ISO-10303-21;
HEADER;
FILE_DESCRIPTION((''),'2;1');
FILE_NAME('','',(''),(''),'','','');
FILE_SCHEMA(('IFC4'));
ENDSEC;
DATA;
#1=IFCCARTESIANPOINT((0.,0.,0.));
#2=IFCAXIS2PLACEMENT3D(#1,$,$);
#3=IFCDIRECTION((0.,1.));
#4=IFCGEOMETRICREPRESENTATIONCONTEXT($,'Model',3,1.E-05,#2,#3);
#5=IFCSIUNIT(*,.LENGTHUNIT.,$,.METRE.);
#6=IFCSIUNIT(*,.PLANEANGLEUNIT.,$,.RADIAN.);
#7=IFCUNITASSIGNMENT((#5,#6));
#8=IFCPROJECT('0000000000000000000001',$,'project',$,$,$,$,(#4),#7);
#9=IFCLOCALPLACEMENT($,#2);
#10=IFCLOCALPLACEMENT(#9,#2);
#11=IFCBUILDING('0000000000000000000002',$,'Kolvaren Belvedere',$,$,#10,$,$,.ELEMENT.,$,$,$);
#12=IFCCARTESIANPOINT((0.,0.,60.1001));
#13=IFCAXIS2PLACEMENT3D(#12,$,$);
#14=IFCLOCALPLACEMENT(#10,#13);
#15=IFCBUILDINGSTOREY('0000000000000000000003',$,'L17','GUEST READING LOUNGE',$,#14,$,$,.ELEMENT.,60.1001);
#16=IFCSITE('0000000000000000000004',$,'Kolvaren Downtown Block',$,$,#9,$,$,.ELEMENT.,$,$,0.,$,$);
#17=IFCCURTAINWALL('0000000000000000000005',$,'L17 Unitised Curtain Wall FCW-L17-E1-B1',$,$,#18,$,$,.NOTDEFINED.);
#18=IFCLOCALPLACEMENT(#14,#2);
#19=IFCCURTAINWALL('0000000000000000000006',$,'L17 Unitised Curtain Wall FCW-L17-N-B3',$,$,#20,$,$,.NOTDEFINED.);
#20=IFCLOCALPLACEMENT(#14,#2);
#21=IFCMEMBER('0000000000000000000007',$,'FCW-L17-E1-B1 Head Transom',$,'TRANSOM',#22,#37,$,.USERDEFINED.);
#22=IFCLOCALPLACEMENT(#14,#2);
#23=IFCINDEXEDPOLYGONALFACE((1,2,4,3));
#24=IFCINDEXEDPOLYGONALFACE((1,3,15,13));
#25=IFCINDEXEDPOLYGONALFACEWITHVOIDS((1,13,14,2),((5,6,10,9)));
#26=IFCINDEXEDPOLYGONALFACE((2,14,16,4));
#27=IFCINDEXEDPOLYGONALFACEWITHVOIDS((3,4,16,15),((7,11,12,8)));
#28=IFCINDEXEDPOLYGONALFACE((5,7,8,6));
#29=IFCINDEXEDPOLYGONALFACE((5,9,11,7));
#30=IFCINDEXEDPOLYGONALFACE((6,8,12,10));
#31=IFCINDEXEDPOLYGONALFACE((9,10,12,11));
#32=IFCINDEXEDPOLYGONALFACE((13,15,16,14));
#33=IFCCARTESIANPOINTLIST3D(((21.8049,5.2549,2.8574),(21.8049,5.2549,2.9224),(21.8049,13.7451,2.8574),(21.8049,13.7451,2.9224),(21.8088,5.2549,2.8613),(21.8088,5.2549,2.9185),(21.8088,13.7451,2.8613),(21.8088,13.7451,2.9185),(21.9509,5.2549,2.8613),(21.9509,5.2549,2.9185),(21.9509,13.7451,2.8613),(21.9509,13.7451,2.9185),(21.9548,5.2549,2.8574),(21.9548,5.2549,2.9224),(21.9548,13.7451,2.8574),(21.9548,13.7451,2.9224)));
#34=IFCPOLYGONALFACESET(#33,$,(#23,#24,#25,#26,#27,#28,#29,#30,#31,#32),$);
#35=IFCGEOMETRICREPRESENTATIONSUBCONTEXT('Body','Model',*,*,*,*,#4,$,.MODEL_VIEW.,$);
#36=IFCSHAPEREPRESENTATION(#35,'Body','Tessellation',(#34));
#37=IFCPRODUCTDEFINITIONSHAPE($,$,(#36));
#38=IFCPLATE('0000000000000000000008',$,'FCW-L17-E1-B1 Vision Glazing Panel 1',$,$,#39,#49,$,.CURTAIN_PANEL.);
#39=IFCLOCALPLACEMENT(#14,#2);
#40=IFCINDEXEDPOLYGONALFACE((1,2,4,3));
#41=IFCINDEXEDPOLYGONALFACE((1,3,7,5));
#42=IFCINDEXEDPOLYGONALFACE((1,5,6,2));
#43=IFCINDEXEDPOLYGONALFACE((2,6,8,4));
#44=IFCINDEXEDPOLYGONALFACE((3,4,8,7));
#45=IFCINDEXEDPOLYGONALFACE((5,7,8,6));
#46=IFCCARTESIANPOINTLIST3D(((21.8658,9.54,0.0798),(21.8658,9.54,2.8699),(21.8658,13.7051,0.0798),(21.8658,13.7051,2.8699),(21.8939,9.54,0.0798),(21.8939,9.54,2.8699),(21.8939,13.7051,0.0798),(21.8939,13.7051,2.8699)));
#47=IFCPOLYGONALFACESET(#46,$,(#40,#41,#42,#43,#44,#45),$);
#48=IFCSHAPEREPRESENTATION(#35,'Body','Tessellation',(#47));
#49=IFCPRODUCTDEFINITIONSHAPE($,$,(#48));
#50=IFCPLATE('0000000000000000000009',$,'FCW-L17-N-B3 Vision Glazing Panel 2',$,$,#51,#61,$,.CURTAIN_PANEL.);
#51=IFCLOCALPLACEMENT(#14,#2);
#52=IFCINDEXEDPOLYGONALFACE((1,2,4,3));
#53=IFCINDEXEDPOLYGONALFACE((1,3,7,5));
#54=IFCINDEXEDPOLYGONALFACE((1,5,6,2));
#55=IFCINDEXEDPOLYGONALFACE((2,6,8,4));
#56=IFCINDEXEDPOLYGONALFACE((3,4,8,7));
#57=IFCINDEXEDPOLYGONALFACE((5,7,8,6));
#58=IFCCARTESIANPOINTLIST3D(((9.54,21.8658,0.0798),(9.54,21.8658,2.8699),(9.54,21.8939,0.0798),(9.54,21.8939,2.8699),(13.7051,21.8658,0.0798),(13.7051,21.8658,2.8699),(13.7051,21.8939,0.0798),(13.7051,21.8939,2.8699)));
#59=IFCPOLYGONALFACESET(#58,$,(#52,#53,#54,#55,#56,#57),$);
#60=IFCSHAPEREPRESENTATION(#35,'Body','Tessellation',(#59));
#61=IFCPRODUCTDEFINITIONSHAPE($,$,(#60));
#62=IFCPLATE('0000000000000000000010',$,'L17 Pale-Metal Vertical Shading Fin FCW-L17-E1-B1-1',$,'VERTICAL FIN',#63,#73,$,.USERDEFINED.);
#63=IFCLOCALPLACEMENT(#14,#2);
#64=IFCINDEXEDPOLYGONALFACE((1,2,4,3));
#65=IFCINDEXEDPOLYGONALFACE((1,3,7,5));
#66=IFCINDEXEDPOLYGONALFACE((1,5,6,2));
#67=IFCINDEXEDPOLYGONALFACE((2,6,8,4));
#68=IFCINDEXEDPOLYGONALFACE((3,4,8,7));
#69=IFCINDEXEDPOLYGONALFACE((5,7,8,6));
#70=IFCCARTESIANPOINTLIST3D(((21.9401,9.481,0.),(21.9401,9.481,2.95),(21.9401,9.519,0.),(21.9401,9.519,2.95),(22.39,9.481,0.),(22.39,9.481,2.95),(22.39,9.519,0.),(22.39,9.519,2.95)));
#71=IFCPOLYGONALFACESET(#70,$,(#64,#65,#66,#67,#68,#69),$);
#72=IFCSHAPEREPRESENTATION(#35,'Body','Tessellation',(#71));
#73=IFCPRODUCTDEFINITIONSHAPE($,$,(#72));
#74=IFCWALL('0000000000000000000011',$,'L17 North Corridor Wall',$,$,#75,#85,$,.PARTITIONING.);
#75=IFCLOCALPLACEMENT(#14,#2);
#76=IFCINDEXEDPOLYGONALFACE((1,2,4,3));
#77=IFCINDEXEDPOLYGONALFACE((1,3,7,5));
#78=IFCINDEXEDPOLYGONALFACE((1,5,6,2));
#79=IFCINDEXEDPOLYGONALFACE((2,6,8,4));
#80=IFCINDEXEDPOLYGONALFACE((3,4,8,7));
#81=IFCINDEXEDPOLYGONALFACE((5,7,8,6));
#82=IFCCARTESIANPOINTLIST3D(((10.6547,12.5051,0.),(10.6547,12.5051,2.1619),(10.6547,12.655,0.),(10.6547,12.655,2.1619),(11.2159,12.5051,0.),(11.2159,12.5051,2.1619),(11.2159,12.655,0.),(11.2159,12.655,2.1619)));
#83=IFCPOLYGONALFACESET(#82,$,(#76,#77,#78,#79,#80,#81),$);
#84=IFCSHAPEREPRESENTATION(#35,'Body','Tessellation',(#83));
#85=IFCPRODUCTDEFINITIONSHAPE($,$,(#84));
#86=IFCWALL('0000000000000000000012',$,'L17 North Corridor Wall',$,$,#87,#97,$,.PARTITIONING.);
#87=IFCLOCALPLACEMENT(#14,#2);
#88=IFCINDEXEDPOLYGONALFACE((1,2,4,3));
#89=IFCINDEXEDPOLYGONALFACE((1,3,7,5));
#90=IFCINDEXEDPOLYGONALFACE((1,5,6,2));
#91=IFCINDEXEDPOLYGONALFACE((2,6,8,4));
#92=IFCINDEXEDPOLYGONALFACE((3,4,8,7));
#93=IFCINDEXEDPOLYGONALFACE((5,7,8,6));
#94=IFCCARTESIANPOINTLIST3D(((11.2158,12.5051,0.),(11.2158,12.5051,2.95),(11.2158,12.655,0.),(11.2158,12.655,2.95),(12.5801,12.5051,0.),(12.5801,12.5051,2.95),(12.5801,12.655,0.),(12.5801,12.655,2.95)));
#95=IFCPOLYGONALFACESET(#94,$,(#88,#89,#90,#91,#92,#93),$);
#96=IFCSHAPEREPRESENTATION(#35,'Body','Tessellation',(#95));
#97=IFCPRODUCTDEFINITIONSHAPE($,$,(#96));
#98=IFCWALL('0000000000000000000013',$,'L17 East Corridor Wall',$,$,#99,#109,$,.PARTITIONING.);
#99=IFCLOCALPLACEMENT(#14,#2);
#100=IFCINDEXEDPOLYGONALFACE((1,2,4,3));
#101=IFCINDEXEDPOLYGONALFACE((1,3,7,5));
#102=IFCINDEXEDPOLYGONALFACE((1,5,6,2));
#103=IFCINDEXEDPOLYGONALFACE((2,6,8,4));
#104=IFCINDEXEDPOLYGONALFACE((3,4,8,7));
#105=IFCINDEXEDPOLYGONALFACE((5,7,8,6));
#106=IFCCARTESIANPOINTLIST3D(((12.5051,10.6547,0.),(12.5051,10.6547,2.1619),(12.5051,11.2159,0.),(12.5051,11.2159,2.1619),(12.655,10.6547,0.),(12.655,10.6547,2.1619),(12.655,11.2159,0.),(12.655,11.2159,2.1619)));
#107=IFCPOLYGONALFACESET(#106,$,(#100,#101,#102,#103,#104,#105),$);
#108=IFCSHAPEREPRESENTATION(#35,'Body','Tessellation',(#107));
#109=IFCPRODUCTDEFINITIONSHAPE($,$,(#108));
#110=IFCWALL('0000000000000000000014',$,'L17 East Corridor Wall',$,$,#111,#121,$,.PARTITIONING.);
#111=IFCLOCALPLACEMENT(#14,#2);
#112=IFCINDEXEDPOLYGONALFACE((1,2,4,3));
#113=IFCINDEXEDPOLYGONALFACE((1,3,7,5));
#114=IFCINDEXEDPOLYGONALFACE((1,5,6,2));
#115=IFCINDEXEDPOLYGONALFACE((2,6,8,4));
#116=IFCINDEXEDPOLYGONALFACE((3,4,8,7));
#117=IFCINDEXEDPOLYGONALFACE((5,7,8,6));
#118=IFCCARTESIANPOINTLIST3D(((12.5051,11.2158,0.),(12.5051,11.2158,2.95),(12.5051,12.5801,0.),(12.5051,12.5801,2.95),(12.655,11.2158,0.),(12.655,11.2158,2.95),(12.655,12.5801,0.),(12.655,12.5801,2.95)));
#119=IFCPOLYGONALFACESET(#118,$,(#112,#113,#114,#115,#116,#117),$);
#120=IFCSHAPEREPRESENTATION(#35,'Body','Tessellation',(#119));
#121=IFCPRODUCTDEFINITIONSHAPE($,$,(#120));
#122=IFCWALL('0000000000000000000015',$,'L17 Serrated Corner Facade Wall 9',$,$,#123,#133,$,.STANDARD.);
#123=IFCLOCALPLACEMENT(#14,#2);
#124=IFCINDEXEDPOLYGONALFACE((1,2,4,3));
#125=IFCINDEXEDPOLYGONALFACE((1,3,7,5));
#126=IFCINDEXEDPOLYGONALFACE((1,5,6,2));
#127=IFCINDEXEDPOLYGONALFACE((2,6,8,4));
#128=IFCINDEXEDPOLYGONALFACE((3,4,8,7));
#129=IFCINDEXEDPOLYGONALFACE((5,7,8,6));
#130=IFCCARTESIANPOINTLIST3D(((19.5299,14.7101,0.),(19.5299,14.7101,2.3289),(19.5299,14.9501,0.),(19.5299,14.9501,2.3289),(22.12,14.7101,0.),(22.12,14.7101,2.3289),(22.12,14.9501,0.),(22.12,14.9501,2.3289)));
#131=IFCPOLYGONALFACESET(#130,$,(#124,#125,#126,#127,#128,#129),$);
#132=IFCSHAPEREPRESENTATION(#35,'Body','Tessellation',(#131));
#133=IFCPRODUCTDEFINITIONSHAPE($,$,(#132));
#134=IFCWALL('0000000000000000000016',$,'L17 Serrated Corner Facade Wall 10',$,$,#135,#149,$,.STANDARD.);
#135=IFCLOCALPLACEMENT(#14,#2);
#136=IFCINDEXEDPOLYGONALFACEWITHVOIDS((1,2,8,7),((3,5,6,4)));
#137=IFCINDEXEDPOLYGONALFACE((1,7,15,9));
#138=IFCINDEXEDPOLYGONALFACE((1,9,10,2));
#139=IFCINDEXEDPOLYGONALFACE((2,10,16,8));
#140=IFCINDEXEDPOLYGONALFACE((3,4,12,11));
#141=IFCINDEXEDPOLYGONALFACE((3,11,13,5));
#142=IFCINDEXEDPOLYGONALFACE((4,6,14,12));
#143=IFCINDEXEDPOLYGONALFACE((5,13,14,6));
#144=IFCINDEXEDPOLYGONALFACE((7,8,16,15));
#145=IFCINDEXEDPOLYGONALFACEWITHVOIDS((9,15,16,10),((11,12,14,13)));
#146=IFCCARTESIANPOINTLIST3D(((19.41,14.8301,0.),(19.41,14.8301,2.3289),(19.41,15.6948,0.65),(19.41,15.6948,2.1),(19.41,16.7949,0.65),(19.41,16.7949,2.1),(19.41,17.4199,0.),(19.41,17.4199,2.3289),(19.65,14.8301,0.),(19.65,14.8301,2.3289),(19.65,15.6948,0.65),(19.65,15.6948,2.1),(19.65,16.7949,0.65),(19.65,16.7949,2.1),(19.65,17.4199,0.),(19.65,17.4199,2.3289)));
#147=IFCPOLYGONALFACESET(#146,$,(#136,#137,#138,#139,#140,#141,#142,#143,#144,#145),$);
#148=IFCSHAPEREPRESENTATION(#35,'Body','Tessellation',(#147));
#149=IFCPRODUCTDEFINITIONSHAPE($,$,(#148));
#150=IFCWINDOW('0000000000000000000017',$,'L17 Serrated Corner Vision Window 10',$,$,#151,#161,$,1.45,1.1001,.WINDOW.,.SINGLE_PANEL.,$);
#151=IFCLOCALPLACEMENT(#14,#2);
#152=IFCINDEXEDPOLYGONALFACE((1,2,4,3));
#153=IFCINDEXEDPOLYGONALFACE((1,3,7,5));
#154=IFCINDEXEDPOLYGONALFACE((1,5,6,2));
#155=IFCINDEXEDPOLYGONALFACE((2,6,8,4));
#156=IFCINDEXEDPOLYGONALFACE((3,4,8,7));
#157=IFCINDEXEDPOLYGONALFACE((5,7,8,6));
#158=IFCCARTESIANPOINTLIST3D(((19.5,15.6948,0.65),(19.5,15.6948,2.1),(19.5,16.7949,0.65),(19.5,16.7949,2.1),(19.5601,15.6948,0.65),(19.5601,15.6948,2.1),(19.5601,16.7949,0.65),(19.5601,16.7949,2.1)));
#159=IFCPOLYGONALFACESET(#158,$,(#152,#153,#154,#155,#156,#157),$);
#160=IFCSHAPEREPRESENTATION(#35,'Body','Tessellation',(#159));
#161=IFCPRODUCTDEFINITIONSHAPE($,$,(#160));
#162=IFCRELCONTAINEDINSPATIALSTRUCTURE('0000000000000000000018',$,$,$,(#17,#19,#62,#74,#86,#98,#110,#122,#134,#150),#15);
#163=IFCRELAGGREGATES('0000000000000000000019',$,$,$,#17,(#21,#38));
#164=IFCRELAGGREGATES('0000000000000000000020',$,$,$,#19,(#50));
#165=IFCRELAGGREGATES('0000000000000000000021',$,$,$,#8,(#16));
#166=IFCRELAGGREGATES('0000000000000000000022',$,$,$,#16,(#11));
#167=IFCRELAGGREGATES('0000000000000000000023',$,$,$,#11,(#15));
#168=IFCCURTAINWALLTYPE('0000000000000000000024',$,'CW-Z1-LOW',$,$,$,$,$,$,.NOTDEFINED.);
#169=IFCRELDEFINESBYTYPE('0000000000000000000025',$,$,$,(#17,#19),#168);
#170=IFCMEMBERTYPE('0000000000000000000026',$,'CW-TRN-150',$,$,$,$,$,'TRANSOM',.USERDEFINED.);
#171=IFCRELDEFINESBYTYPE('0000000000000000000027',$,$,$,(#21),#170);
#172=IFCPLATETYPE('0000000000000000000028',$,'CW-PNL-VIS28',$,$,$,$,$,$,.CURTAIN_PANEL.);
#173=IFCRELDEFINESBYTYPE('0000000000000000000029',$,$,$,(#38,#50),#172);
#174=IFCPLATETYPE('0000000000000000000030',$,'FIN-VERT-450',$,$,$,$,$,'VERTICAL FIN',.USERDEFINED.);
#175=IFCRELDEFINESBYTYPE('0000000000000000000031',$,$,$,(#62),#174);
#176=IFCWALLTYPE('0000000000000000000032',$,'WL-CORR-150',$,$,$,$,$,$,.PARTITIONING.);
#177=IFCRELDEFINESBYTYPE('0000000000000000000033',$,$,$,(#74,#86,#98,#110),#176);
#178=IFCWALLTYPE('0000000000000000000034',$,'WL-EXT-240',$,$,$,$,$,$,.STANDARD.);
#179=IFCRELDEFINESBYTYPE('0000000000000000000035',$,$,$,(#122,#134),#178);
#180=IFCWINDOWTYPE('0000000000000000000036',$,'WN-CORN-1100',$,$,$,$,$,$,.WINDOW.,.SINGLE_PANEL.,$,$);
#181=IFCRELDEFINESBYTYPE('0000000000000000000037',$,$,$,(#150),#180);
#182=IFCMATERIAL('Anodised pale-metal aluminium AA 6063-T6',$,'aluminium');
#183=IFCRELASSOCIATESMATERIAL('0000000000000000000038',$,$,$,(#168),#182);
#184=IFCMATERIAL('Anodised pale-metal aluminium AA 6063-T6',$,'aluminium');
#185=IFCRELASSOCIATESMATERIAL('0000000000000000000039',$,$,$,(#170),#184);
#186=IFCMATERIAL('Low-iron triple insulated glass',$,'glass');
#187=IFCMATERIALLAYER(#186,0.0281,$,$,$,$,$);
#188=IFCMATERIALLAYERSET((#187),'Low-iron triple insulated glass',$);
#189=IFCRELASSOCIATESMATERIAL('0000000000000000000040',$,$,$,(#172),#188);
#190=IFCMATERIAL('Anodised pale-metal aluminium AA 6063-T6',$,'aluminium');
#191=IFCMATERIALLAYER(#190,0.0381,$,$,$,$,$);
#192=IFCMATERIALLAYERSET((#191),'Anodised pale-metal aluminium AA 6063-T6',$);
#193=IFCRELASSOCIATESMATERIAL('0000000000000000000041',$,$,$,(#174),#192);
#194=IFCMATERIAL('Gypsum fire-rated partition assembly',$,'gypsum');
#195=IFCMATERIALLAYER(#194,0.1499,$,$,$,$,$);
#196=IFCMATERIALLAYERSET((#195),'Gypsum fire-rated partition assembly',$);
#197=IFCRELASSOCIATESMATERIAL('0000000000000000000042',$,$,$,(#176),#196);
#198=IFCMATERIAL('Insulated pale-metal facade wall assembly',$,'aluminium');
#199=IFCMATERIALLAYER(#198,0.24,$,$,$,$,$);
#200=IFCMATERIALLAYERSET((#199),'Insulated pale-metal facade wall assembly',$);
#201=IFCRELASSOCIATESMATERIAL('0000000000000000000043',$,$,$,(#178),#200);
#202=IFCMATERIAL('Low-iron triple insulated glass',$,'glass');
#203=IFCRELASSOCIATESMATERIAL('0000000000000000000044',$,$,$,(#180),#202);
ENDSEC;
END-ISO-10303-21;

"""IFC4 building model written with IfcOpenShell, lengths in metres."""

from ifc_helpers import new_model, si_unit, direction, frame, frame_2d, origin, origin_2d, place, context, subcontext, project, spatial, rectangle, hollow_rectangle, extrude, material, layer, layer_set, material_profile, profile_set, type_object, element, fill, aggregate, save


model = new_model("IFC4")

# Units and contexts
model_context = context("Model", 3, precision=1e-05, world=origin(), true_north=direction((0.0, 1.0)))
body_context = subcontext(model_context, "Body", "Model", "MODEL_VIEW")
ifc_project = project(units=[si_unit("LENGTHUNIT", "METRE"), si_unit("PLANEANGLEUNIT", "RADIAN")], contexts=[model_context])

# Site, building, storey
site_placement = place(None, origin())
site = spatial("IfcSite", under=ifc_project, at=site_placement, Name="Kolvaren Downtown Block", CompositionType="ELEMENT", RefElevation=0.0)
building_placement = place(site_placement, origin())
building = spatial("IfcBuilding", under=site, at=building_placement, Name="Kolvaren Belvedere", CompositionType="ELEMENT")
storey_placement = place(building_placement, frame((0.0, 0.0, 60.1001)))
storey = spatial("IfcBuildingStorey", under=building, at=storey_placement, Name="L17", Description="GUEST READING LOUNGE", CompositionType="ELEMENT", Elevation=60.1001)

# Curtain wall
ifc_material_1 = material(Name="Anodised pale-metal aluminium AA 6063-T6", Category="aluminium")
curtain_wall_type = type_object("IfcCurtainWallType", Name="CW-Z1-LOW", PredefinedType="NOTDEFINED", material=ifc_material_1)
curtain_wall_1_placement = place(storey_placement, origin())
curtain_wall_1 = element("IfcCurtainWall", 1, at=curtain_wall_1_placement, inside=storey, type_object=curtain_wall_type, Name="L17 Unitised Curtain Wall FCW-L17-E1-B1", PredefinedType="NOTDEFINED")

# Curtain wall
curtain_wall_2_placement = place(storey_placement, origin())
curtain_wall_2 = element("IfcCurtainWall", 2, at=curtain_wall_2_placement, inside=storey, type_object=curtain_wall_type, Name="L17 Unitised Curtain Wall FCW-L17-N-B3", PredefinedType="NOTDEFINED")

# Member
ifc_material_2 = material(Name="Anodised pale-metal aluminium AA 6063-T6", Category="aluminium")
ifc_material_profile_1 = material_profile(ifc_material_2, hollow_rectangle(XDim=0.0649, YDim=0.1499, WallThickness=0.0039, at=origin_2d()), Name="ALU-TRN-150X65")
ifc_profile_set_1 = profile_set([ifc_material_profile_1], Name="Anodised pale-metal aluminium AA 6063-T6")
member_type_1 = type_object("IfcMemberType", Name="CW-TRN-150", ElementType="TRANSOM", PredefinedType="USERDEFINED", material=ifc_profile_set_1)
member_1_placement = place(storey_placement, frame((21.8799, 13.7451, 2.8899), z_axis=(0.0, -1.0, 0.0), x_axis=(0.0, 0.0, 1.0)))
member_1 = element("IfcMember", 3, at=member_1_placement, type_object=member_type_1, Name="FCW-L17-E1-B1 Head Transom", ObjectType="TRANSOM", PredefinedType="USERDEFINED", context=body_context, shape_type="SweptSolid", body=[
    extrude(hollow_rectangle(XDim=0.0649, YDim=0.1499, WallThickness=0.0039, at=origin_2d()), origin(), (0.0, 0.0, 1.0), 8.4902),
])

# Plates
ifc_material_3 = material(Name="Low-iron triple insulated glass", Category="glass")
ifc_layer_1 = layer(ifc_material_3, 0.0281)
ifc_layer_set_1 = layer_set([ifc_layer_1], Name="Low-iron triple insulated glass")
plate_type_1 = type_object("IfcPlateType", Name="CW-PNL-VIS28", PredefinedType="CURTAIN_PANEL", material=ifc_layer_set_1)
plate_1_placement = place(storey_placement, frame((21.8799, 11.6226, 0.0798), z_axis=(0.0, 0.0, 1.0), x_axis=(0.0, -1.0, 0.0)))
plate_1 = element("IfcPlate", 4, at=plate_1_placement, type_object=plate_type_1, Name="FCW-L17-E1-B1 Vision Glazing Panel 1", PredefinedType="CURTAIN_PANEL", context=body_context, shape_type="SweptSolid", body=[
    extrude(rectangle(XDim=4.165, YDim=0.0281, at=origin_2d()), origin(), (0.0, 0.0, 1.0), 2.79),
])
aggregate(curtain_wall_1, [member_1, plate_1])
plate_2_placement = place(storey_placement, frame((11.6226, 21.8799, 0.0798), z_axis=(0.0, 0.0, 1.0), x_axis=(1.0, 0.0, 0.0)))
plate_2 = element("IfcPlate", 5, at=plate_2_placement, type_object=plate_type_1, Name="FCW-L17-N-B3 Vision Glazing Panel 2", PredefinedType="CURTAIN_PANEL", context=body_context, shape_type="SweptSolid", body=[
    extrude(rectangle(XDim=4.165, YDim=0.0281, at=origin_2d()), origin(), (0.0, 0.0, 1.0), 2.79),
])
aggregate(curtain_wall_2, [plate_2])
ifc_material_4 = material(Name="Anodised pale-metal aluminium AA 6063-T6", Category="aluminium")
ifc_layer_2 = layer(ifc_material_4, 0.0381)
ifc_layer_set_2 = layer_set([ifc_layer_2], Name="Anodised pale-metal aluminium AA 6063-T6")
plate_type_2 = type_object("IfcPlateType", Name="FIN-VERT-450", ElementType="VERTICAL FIN", PredefinedType="USERDEFINED", material=ifc_layer_set_2)
plate_3_placement = place(storey_placement, frame((22.165, 9.5, 0.0), z_axis=(0.0, 0.0, 1.0), x_axis=(1.0, 0.0, 0.0)))
element("IfcPlate", 6, at=plate_3_placement, inside=storey, type_object=plate_type_2, Name="L17 Pale-Metal Vertical Shading Fin FCW-L17-E1-B1-1", ObjectType="VERTICAL FIN", PredefinedType="USERDEFINED", context=body_context, shape_type="SweptSolid", body=[
    extrude(rectangle(XDim=0.45, YDim=0.0381, at=origin_2d()), origin(), (0.0, 0.0, 1.0), 2.95),
])

# Walls
ifc_material_5 = material(Name="Gypsum fire-rated partition assembly", Category="gypsum")
ifc_layer_3 = layer(ifc_material_5, 0.1499)
ifc_layer_set_3 = layer_set([ifc_layer_3], Name="Gypsum fire-rated partition assembly")
wall_type_1 = type_object("IfcWallType", Name="WL-CORR-150", PredefinedType="PARTITIONING", material=ifc_layer_set_3)
wall_1_placement = place(storey_placement, frame((10.6545, 12.5801, 0.0), z_axis=(0.0, 0.0, 1.0), x_axis=(1.0, 0.0, 0.0)))
element("IfcWall", 7, at=wall_1_placement, inside=storey, type_object=wall_type_1, Name="L17 North Corridor Wall", PredefinedType="PARTITIONING", context=body_context, shape_type="SweptSolid", body=[
    extrude(rectangle(XDim=0.5613, YDim=0.1499, at=frame_2d((0.2808, 0.0))), origin(), (0.0, 0.0, 1.0), 2.1619),
])
wall_2_placement = place(storey_placement, frame((11.2158, 12.5801, 0.0), z_axis=(0.0, 0.0, 1.0), x_axis=(1.0, 0.0, 0.0)))
element("IfcWall", 8, at=wall_2_placement, inside=storey, type_object=wall_type_1, Name="L17 North Corridor Wall", PredefinedType="PARTITIONING", context=body_context, shape_type="SweptSolid", body=[
    extrude(rectangle(XDim=1.3643, YDim=0.1499, at=frame_2d((0.6821, 0.0))), origin(), (0.0, 0.0, 1.0), 2.95),
])
wall_3_placement = place(storey_placement, frame((12.5801, 10.6545, 0.0), z_axis=(0.0, 0.0, 1.0), x_axis=(0.0, 1.0, 0.0)))
element("IfcWall", 9, at=wall_3_placement, inside=storey, type_object=wall_type_1, Name="L17 East Corridor Wall", PredefinedType="PARTITIONING", context=body_context, shape_type="SweptSolid", body=[
    extrude(rectangle(XDim=0.5613, YDim=0.1499, at=frame_2d((0.2808, 0.0))), origin(), (0.0, 0.0, 1.0), 2.1619),
])
wall_4_placement = place(storey_placement, frame((12.5801, 11.2158, 0.0), z_axis=(0.0, 0.0, 1.0), x_axis=(0.0, 1.0, 0.0)))
element("IfcWall", 10, at=wall_4_placement, inside=storey, type_object=wall_type_1, Name="L17 East Corridor Wall", PredefinedType="PARTITIONING", context=body_context, shape_type="SweptSolid", body=[
    extrude(rectangle(XDim=1.3643, YDim=0.1499, at=frame_2d((0.6821, 0.0))), origin(), (0.0, 0.0, 1.0), 2.95),
])
ifc_material_6 = material(Name="Insulated pale-metal facade wall assembly", Category="aluminium")
ifc_layer_4 = layer(ifc_material_6, 0.24)
ifc_layer_set_4 = layer_set([ifc_layer_4], Name="Insulated pale-metal facade wall assembly")
wall_type_2 = type_object("IfcWallType", Name="WL-EXT-240", PredefinedType="STANDARD", material=ifc_layer_set_4)
wall_5_placement = place(storey_placement, frame((19.53, 14.8301, 0.0), z_axis=(0.0, 0.0, 1.0), x_axis=(1.0, 0.0, 0.0)))
element("IfcWall", 11, at=wall_5_placement, inside=storey, type_object=wall_type_2, Name="L17 Serrated Corner Facade Wall 9", PredefinedType="STANDARD", context=body_context, shape_type="SweptSolid", body=[
    extrude(rectangle(XDim=2.5901, YDim=0.24, at=frame_2d((1.2949, 0.0))), origin(), (0.0, 0.0, 1.0), 2.3289),
])

# Wall, opening, window
wall_6_placement = place(storey_placement, frame((19.53, 17.4199, 0.0), z_axis=(0.0, 0.0, 1.0), x_axis=(0.0, -1.0, 0.0)))
wall_6 = element("IfcWall", 12, at=wall_6_placement, inside=storey, type_object=wall_type_2, Name="L17 Serrated Corner Facade Wall 10", PredefinedType="STANDARD", context=body_context, shape_type="SweptSolid", body=[
    extrude(rectangle(XDim=2.5898, YDim=0.24, at=frame_2d((1.2949, 0.0))), origin(), (0.0, 0.0, 1.0), 2.3289),
])
opening_1_placement = place(wall_6_placement, frame((0.625, 0.0, 0.6499)))
opening_1 = element("IfcOpeningElement", 13, at=opening_1_placement, cuts=wall_6, PredefinedType="OPENING", context=body_context, shape_type="SweptSolid", body=[
    extrude(rectangle(XDim=1.1001, YDim=1.45, at=frame_2d((0.55, 0.7251))), frame((0.0, 0.1299, 0.0), z_axis=(0.0, -1.0, 0.0), x_axis=(1.0, 0.0, 0.0)), (0.0, 0.0, 1.0), 0.26),
])
ifc_material_7 = material(Name="Low-iron triple insulated glass", Category="glass")
window_type = type_object("IfcWindowType", Name="WN-CORN-1100", PartitioningType="SINGLE_PANEL", PredefinedType="WINDOW", material=ifc_material_7)
window_1_placement = place(opening_1_placement, origin())
window_1 = element("IfcWindow", 14, at=window_1_placement, inside=storey, type_object=window_type, Name="L17 Serrated Corner Vision Window 10", OverallHeight=1.45, OverallWidth=1.1001, PartitioningType="SINGLE_PANEL", PredefinedType="WINDOW", context=body_context, shape_type="SweptSolid", body=[
    extrude(rectangle(XDim=1.1001, YDim=1.45, at=frame_2d((0.55, 0.7251))), frame((0.0, 0.03, 0.0), z_axis=(0.0, -1.0, 0.0), x_axis=(1.0, 0.0, 0.0)), (0.0, 0.0, 1.0), 0.0601),
])
fill(opening_1, window_1)

save(model, "model.ifc")
